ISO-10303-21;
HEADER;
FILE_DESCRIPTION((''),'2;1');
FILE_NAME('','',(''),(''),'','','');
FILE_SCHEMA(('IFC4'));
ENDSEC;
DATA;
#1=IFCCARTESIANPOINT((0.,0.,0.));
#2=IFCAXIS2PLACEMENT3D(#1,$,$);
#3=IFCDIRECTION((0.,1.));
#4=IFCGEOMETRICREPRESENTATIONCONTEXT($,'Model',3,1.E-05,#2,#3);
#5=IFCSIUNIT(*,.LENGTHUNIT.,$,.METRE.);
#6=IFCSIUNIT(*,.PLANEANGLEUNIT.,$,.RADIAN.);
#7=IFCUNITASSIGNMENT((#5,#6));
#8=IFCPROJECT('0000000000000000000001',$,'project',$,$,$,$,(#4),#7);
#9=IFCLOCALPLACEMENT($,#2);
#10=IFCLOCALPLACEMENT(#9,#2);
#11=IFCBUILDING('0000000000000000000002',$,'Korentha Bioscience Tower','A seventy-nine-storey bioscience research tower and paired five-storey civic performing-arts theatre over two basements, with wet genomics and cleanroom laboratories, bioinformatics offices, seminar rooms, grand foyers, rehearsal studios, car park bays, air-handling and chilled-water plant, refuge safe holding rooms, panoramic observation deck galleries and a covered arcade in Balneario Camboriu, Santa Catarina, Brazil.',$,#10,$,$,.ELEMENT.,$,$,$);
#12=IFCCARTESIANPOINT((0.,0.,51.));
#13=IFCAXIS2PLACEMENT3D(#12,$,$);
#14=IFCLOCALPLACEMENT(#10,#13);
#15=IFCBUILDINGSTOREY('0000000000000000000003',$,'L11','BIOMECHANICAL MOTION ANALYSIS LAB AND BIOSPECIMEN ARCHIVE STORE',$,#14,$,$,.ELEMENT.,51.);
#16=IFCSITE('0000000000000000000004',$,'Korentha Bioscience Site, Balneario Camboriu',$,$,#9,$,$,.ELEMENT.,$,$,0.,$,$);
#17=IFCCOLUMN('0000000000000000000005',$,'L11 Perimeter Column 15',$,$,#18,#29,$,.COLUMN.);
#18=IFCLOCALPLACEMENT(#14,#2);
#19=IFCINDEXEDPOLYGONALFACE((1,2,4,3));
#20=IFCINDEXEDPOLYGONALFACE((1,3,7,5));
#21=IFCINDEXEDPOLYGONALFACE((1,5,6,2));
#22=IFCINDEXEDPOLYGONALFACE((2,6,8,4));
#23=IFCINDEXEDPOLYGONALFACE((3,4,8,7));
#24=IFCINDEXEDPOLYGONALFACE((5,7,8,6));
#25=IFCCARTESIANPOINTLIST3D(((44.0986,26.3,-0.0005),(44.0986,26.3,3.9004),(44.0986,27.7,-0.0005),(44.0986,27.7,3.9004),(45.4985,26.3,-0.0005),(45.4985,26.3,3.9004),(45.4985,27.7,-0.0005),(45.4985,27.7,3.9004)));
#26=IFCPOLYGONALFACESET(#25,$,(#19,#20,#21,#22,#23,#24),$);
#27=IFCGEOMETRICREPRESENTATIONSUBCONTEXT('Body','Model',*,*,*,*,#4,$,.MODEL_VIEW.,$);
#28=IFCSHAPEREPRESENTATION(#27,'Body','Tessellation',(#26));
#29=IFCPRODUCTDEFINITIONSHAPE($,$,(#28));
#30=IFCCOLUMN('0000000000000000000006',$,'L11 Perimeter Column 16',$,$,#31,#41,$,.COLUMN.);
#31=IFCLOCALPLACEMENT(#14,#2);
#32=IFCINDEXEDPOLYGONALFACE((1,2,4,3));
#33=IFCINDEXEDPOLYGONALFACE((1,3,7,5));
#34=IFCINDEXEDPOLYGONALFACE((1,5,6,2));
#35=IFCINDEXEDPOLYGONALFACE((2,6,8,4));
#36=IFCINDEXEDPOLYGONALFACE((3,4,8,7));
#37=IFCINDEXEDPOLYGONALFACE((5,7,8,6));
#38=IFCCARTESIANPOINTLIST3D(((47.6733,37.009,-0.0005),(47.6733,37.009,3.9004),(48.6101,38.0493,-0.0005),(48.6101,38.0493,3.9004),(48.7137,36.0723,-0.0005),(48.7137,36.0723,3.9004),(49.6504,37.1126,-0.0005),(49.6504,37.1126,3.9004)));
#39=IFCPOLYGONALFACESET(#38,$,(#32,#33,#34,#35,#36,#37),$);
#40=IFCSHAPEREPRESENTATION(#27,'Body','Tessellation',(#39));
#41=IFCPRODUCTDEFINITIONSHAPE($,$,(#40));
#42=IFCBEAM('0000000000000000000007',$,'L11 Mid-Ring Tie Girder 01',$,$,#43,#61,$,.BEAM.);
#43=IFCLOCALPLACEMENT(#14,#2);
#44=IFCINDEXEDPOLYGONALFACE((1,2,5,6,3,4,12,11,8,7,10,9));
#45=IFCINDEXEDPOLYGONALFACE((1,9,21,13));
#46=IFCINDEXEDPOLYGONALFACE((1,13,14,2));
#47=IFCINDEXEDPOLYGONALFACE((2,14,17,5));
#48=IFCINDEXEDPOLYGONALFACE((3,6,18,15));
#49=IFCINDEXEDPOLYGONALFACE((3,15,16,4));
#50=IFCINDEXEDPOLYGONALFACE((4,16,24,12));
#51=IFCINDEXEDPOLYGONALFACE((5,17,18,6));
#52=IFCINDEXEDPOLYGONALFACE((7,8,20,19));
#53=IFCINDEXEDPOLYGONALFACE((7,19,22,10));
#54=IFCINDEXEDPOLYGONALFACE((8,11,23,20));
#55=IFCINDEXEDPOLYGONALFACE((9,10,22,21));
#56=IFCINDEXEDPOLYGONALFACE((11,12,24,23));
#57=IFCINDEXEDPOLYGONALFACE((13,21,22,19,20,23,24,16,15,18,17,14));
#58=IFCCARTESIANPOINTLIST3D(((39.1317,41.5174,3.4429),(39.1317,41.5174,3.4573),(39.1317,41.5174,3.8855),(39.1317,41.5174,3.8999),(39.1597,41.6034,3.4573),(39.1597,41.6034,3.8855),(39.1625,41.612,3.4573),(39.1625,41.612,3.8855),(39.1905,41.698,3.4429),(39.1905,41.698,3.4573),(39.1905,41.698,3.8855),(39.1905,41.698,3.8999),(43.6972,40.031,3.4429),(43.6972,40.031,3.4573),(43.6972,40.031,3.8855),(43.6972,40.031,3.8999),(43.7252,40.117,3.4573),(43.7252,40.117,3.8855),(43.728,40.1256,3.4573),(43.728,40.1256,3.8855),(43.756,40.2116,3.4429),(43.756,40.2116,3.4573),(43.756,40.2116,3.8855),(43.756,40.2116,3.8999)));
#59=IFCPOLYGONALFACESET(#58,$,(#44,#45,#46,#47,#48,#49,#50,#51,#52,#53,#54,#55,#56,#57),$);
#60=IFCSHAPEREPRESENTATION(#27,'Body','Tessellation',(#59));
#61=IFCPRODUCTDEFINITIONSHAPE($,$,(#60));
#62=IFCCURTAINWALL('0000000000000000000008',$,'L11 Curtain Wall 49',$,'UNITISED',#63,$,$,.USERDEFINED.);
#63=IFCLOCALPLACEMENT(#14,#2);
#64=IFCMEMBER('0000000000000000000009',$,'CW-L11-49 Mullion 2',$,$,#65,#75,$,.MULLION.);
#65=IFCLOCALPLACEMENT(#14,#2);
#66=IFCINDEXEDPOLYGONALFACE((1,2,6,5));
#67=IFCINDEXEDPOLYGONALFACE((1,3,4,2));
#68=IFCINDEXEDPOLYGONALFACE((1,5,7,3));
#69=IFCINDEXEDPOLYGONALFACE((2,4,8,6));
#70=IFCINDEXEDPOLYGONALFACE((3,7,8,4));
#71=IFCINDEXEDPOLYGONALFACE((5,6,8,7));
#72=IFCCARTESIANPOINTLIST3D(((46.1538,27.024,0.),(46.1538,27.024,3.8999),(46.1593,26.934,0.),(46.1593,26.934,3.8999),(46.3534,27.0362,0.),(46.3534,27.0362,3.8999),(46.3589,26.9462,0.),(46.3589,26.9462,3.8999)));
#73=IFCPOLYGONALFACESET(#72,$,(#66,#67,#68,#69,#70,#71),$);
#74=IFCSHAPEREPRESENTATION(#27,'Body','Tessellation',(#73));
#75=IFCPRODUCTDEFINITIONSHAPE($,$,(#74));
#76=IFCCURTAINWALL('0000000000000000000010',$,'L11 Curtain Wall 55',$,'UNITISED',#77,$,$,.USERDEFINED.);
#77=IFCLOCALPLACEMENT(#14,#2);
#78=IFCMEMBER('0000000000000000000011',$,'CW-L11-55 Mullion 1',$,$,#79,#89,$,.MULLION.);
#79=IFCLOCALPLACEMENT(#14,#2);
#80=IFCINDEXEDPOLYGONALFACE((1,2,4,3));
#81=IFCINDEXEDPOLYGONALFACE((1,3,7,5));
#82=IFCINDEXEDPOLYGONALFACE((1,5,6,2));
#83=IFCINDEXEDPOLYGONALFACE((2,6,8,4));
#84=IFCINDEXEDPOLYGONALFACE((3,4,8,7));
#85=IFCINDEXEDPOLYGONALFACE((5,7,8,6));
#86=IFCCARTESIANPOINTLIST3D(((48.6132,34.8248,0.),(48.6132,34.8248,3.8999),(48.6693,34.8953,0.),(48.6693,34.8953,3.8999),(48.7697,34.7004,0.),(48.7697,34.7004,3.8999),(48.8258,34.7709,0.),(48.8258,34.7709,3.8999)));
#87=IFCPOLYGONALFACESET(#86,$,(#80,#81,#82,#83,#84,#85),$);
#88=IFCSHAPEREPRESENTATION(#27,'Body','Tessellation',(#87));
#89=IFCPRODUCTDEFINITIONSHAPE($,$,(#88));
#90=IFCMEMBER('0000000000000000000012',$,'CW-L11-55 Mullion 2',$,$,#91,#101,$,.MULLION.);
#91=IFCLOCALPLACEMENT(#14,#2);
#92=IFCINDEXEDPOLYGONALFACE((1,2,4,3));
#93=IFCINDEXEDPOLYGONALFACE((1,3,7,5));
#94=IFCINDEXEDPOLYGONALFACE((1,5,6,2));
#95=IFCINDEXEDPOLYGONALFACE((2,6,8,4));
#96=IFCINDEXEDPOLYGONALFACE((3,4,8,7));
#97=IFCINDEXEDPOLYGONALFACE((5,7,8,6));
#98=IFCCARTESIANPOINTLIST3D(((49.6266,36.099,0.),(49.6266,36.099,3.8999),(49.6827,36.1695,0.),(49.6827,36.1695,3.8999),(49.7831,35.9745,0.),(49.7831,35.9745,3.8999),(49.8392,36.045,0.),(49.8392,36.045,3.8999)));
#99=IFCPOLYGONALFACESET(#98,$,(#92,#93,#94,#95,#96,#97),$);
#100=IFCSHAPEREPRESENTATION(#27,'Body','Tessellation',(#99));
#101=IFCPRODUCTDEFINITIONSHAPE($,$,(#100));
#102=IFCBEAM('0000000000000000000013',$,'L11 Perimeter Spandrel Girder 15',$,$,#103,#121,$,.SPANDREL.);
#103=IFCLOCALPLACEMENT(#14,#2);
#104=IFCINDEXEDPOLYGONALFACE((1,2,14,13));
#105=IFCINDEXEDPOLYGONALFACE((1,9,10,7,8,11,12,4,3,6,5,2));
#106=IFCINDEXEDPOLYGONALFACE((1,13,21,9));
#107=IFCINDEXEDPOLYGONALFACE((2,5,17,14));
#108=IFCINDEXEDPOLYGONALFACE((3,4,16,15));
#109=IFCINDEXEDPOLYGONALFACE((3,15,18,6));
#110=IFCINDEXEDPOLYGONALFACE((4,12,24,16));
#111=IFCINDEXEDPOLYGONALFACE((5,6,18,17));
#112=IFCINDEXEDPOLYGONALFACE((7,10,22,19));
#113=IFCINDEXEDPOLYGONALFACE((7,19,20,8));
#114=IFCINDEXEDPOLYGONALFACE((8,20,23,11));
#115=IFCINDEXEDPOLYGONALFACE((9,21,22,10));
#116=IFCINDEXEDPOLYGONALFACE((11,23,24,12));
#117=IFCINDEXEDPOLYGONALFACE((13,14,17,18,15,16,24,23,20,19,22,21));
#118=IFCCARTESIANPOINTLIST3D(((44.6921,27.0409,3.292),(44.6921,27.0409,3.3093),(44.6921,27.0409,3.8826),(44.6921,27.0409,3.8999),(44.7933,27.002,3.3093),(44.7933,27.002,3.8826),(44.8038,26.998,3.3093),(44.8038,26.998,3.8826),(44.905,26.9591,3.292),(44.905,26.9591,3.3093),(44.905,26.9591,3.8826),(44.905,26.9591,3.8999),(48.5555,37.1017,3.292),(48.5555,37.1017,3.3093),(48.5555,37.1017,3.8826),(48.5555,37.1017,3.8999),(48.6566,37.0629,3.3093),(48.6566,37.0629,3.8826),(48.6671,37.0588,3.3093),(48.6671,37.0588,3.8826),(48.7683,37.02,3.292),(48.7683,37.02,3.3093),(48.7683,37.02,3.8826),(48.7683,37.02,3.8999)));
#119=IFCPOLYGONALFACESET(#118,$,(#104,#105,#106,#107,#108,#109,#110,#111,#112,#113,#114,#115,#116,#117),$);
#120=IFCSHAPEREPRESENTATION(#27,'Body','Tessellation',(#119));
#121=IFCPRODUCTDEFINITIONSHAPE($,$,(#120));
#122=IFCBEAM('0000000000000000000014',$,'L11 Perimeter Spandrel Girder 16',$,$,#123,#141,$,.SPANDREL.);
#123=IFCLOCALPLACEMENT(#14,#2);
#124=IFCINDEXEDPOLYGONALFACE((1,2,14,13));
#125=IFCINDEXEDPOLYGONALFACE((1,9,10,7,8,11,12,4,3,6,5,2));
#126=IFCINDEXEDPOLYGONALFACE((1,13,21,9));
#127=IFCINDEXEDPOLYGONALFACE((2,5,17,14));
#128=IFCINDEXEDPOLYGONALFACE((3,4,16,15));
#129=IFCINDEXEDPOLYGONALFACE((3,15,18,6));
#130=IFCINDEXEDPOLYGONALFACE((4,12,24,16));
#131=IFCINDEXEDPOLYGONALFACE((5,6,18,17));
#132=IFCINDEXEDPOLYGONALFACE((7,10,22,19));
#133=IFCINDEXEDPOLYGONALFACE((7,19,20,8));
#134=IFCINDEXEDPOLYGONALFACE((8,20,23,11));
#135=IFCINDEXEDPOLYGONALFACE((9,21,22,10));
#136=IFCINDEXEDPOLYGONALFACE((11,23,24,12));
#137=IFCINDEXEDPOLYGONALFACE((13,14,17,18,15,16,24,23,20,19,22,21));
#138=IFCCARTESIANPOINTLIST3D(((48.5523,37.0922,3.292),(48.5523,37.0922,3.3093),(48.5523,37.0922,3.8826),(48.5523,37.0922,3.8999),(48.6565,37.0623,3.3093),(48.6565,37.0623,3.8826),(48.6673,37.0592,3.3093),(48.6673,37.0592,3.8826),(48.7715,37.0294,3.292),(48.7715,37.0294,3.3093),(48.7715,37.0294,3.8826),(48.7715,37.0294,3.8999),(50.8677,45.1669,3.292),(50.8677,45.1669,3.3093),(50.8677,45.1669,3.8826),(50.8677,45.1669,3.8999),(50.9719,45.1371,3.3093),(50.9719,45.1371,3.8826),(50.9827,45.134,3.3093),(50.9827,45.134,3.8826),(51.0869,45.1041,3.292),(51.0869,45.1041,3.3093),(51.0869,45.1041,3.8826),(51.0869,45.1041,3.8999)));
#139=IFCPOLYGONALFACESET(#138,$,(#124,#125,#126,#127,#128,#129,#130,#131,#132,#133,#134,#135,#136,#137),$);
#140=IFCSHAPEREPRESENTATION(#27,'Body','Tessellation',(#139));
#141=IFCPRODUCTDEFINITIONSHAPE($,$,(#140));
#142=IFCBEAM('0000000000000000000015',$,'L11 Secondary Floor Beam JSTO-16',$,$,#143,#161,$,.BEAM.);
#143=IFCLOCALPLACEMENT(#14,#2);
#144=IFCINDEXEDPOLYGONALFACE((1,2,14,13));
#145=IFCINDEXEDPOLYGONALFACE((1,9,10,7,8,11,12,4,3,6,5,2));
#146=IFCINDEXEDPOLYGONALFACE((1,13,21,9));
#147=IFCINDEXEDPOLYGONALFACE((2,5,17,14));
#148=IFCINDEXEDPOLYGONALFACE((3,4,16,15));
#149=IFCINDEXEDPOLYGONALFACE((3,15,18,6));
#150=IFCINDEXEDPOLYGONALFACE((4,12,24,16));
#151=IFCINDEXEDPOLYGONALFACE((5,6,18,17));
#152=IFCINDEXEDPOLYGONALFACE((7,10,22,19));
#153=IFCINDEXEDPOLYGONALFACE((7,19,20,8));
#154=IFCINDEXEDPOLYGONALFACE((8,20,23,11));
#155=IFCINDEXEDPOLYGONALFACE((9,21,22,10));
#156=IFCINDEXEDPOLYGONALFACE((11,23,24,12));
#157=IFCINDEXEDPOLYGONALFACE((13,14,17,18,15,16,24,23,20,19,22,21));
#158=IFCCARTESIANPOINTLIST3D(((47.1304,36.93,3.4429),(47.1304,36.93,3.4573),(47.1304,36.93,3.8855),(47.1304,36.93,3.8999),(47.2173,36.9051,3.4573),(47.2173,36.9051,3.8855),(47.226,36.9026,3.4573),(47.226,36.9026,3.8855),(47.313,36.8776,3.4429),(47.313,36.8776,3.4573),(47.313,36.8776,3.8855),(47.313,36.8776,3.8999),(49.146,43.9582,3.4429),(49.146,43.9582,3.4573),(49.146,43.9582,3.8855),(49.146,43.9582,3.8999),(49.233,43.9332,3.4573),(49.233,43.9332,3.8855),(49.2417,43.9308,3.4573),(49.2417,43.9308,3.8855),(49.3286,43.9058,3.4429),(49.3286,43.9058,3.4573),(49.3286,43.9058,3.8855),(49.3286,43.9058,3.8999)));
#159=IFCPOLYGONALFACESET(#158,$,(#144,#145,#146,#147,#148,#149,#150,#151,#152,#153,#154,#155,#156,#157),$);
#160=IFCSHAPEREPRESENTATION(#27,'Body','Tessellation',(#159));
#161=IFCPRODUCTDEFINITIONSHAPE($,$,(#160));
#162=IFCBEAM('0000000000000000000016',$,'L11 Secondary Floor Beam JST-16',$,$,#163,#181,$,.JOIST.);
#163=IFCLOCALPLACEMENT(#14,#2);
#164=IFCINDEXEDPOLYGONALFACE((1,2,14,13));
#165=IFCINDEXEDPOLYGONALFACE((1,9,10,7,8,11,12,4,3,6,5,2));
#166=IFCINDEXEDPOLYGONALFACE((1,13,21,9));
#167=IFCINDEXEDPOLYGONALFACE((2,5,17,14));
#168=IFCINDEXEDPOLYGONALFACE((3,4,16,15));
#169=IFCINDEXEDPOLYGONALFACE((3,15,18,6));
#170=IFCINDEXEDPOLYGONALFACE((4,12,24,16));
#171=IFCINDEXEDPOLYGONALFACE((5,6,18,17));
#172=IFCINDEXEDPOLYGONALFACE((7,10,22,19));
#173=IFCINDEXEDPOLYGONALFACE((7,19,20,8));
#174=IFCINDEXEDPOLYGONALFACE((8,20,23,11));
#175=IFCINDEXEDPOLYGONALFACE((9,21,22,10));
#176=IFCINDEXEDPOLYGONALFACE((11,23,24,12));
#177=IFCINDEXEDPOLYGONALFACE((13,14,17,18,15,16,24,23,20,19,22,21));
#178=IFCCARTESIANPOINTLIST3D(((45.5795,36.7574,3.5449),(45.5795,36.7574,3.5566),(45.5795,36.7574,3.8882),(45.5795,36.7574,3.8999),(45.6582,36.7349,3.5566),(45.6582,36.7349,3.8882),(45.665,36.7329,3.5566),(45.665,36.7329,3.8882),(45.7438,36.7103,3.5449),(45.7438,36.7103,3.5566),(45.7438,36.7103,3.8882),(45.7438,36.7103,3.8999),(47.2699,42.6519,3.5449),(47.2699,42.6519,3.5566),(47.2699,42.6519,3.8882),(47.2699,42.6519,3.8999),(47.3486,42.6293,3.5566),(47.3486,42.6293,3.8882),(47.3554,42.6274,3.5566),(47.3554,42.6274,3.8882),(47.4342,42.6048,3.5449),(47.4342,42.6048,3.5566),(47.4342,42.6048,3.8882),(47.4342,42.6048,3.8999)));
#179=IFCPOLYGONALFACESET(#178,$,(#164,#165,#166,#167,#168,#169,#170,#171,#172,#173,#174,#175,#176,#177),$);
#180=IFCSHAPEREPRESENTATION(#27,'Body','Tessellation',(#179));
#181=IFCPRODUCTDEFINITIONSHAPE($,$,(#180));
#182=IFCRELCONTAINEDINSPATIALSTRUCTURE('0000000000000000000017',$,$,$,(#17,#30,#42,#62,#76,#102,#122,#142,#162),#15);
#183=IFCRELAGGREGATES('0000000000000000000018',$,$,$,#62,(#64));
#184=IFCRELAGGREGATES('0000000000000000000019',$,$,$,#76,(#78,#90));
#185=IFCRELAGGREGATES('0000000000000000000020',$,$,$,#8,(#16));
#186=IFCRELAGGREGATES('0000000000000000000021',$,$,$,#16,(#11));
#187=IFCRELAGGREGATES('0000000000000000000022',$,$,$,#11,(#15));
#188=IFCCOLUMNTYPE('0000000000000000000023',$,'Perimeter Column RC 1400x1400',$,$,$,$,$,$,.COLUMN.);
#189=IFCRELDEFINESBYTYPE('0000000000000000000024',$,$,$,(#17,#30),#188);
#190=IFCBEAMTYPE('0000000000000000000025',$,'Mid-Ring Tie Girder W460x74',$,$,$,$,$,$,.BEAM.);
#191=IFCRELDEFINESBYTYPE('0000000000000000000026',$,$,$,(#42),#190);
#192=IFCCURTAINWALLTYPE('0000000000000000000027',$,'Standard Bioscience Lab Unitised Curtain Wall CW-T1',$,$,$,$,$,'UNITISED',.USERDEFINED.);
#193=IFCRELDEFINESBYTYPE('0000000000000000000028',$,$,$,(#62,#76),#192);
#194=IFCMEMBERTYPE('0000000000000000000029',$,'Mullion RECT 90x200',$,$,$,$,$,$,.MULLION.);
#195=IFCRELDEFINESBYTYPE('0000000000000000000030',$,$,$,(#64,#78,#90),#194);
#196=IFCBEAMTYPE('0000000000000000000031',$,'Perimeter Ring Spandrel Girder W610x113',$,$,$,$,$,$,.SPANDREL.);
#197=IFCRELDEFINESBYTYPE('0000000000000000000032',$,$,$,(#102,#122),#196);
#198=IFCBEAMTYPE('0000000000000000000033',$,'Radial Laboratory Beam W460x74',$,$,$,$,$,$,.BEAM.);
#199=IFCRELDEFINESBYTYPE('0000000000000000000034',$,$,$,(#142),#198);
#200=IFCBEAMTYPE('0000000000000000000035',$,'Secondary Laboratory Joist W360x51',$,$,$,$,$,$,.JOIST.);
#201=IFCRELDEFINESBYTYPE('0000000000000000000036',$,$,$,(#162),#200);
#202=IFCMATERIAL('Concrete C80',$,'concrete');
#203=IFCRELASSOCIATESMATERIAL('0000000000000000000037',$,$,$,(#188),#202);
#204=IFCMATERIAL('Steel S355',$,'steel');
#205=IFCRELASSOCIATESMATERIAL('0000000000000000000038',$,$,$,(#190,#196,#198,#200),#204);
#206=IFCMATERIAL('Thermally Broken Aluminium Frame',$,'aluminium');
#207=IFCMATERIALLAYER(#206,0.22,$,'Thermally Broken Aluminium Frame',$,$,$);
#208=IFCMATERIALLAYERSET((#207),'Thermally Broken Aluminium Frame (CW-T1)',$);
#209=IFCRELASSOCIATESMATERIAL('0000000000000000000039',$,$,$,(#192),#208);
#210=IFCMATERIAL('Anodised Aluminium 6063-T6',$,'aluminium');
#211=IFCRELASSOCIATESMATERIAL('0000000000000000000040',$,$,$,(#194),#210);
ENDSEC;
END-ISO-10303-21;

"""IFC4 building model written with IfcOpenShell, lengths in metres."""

from ifc_helpers import new_model, si_unit, direction, frame, origin, origin_2d, place, context, subcontext, project, spatial, rectangle, i_section, extrude, material, layer, layer_set, material_profile, profile_set, type_object, element, aggregate, save


model = new_model("IFC4")

# Units and contexts
model_context = context("Model", 3, precision=1e-05, world=origin(), true_north=direction((0.0, 1.0)))
body_context = subcontext(model_context, "Body", "Model", "MODEL_VIEW")
ifc_project = project(units=[si_unit("LENGTHUNIT", "METRE"), si_unit("PLANEANGLEUNIT", "RADIAN")], contexts=[model_context])

# Site, building, storey
site_placement = place(None, origin())
site = spatial("IfcSite", under=ifc_project, at=site_placement, Name="Korentha Bioscience Site, Balneario Camboriu", CompositionType="ELEMENT", RefElevation=0.0)
building_placement = place(site_placement, origin())
building = spatial("IfcBuilding", under=site, at=building_placement, Name="Korentha Bioscience Tower", Description="A seventy-nine-storey bioscience research tower and paired five-storey civic performing-arts theatre over two basements, with wet genomics and cleanroom laboratories, bioinformatics offices, seminar rooms, grand foyers, rehearsal studios, car park bays, air-handling and chilled-water plant, refuge safe holding rooms, panoramic observation deck galleries and a covered arcade in Balneario Camboriu, Santa Catarina, Brazil.", CompositionType="ELEMENT")
storey_placement = place(building_placement, frame((0.0, 0.0, 51.0)))
storey = spatial("IfcBuildingStorey", under=building, at=storey_placement, Name="L11", Description="BIOMECHANICAL MOTION ANALYSIS LAB AND BIOSPECIMEN ARCHIVE STORE", CompositionType="ELEMENT", Elevation=51.0)

# Columns
ifc_material_1 = material(Name="Concrete C80", Category="concrete")
ifc_material_profile_1 = material_profile(ifc_material_1, rectangle(XDim=1.3999, YDim=1.3999, at=origin_2d()), Name="Concrete C80")
ifc_profile_set_1 = profile_set([ifc_material_profile_1], Name="Concrete C80 (COL-P14)")
column_type = type_object("IfcColumnType", Name="Perimeter Column RC 1400x1400", PredefinedType="COLUMN", material=ifc_profile_set_1)
for number, where, z_axis, x_axis, name in (
    (1, (44.7986, 27.0, -0.0005), (0.0, 0.0, 1.0), (0.0, 1.0, 0.0), "L11 Perimeter Column 15"),
    (2, (48.6619, 37.0608, -0.0005), (0.0, 0.0, 1.0), (0.669131, 0.743145, 0.0), "L11 Perimeter Column 16"),
):
    element("IfcColumn", number, at=place(storey_placement, frame(where, z_axis=z_axis, x_axis=x_axis)), inside=storey, type_object=column_type, Name=name, PredefinedType="COLUMN", context=body_context, shape_type="SweptSolid", body=[
        extrude(rectangle(XDim=1.3999, YDim=1.3999, at=origin_2d()), origin(), (0.0, 0.0, 1.0), 3.9009),
    ])

# Beam
ifc_material_2 = material(Name="Steel S355", Category="steel")
ifc_material_profile_2 = material_profile(ifc_material_2, i_section(OverallWidth=0.1899, OverallDepth=0.457, WebThickness=0.009, FlangeThickness=0.0144, at=origin_2d()), Name="Steel S355")
ifc_profile_set_2 = profile_set([ifc_material_profile_2], Name="Steel S355 (MB-460)")
beam_type_1 = type_object("IfcBeamType", Name="Mid-Ring Tie Girder W460x74", PredefinedType="BEAM", material=ifc_profile_set_2)
beam_1_placement = place(storey_placement, frame((43.7266, 40.1213, 3.6714), z_axis=(-0.950877, 0.309569, 0.0), x_axis=(-0.309569, -0.950877, 0.0)))
element("IfcBeam", 3, at=beam_1_placement, inside=storey, type_object=beam_type_1, Name="L11 Mid-Ring Tie Girder 01", PredefinedType="BEAM", context=body_context, shape_type="SweptSolid", body=[
    extrude(i_section(OverallWidth=0.1899, OverallDepth=0.457, WebThickness=0.009, FlangeThickness=0.0144, at=origin_2d()), origin(), (0.0, 0.0, 1.0), 4.8013),
])

# Curtain wall, member
ifc_material_3 = material(Name="Thermally Broken Aluminium Frame", Category="aluminium")
ifc_layer_1 = layer(ifc_material_3, 0.22, Name="Thermally Broken Aluminium Frame")
ifc_layer_set_1 = layer_set([ifc_layer_1], Name="Thermally Broken Aluminium Frame (CW-T1)")
curtain_wall_type = type_object("IfcCurtainWallType", Name="Standard Bioscience Lab Unitised Curtain Wall CW-T1", ElementType="UNITISED", PredefinedType="USERDEFINED", material=ifc_layer_set_1)
curtain_wall_1_placement = place(storey_placement, origin())
curtain_wall_1 = element("IfcCurtainWall", 4, at=curtain_wall_1_placement, inside=storey, type_object=curtain_wall_type, Name="L11 Curtain Wall 49", ObjectType="UNITISED", PredefinedType="USERDEFINED")
ifc_material_4 = material(Name="Anodised Aluminium 6063-T6", Category="aluminium")
ifc_material_profile_3 = material_profile(ifc_material_4, rectangle(XDim=0.0901, YDim=0.2, at=origin_2d()), Name="Anodised Aluminium 6063-T6")
ifc_profile_set_3 = profile_set([ifc_material_profile_3], Name="Anodised Aluminium 6063-T6 (CW-MUL)")
member_type_1 = type_object("IfcMemberType", Name="Mullion RECT 90x200", PredefinedType="MULLION", material=ifc_profile_set_3)
member_1_placement = place(storey_placement, frame((46.2563, 26.9851, 0.0), z_axis=(0.0, 0.0, 1.0), x_axis=(-0.061008, 0.998137, 0.0)))
member_1 = element("IfcMember", 5, at=member_1_placement, type_object=member_type_1, Name="CW-L11-49 Mullion 2", PredefinedType="MULLION", context=body_context, shape_type="SweptSolid", body=[
    extrude(rectangle(XDim=0.0901, YDim=0.2, at=origin_2d()), origin(), (0.0, 0.0, 1.0), 3.8999),
])
aggregate(curtain_wall_1, [member_1])

# Curtain wall, members
curtain_wall_2_placement = place(storey_placement, origin())
curtain_wall_2 = element("IfcCurtainWall", 6, at=curtain_wall_2_placement, inside=storey, type_object=curtain_wall_type, Name="L11 Curtain Wall 55", ObjectType="UNITISED", PredefinedType="USERDEFINED")
member_2_placement = place(storey_placement, frame((48.7195, 34.7979, 0.0), z_axis=(0.0, 0.0, 1.0), x_axis=(0.62252, 0.782604, 0.0)))
member_2 = element("IfcMember", 7, at=member_2_placement, type_object=member_type_1, Name="CW-L11-55 Mullion 1", PredefinedType="MULLION", context=body_context, shape_type="SweptSolid", body=[
    extrude(rectangle(XDim=0.0901, YDim=0.2, at=origin_2d()), origin(), (0.0, 0.0, 1.0), 3.8999),
])
member_3_placement = place(storey_placement, frame((49.7329, 36.072, 0.0), z_axis=(0.0, 0.0, 1.0), x_axis=(0.62252, 0.782604, 0.0)))
member_3 = element("IfcMember", 8, at=member_3_placement, type_object=member_type_1, Name="CW-L11-55 Mullion 2", PredefinedType="MULLION", context=body_context, shape_type="SweptSolid", body=[
    extrude(rectangle(XDim=0.0901, YDim=0.2, at=origin_2d()), origin(), (0.0, 0.0, 1.0), 3.8999),
])

# Beams
ifc_material_profile_4 = material_profile(ifc_material_2, i_section(OverallWidth=0.228, OverallDepth=0.6079, WebThickness=0.0112, FlangeThickness=0.0173, at=origin_2d()), Name="Steel S355")
ifc_profile_set_4 = profile_set([ifc_material_profile_4], Name="Steel S355 (SB-610)")
beam_type_2 = type_object("IfcBeamType", Name="Perimeter Ring Spandrel Girder W610x113", PredefinedType="SPANDREL", material=ifc_profile_set_4)
beam_2_placement = place(storey_placement, frame((44.7986, 27.0, 3.5959), z_axis=(0.358474, 0.93354, 0.0), x_axis=(-0.93354, 0.358474, 0.0)))
element("IfcBeam", 9, at=beam_2_placement, inside=storey, type_object=beam_type_2, Name="L11 Perimeter Spandrel Girder 15", PredefinedType="SPANDREL", context=body_context, shape_type="SweptSolid", body=[
    extrude(i_section(OverallWidth=0.228, OverallDepth=0.6079, WebThickness=0.0112, FlangeThickness=0.0173, at=origin_2d()), origin(), (0.0, 0.0, 1.0), 10.7771),
])
beam_3_placement = place(storey_placement, frame((48.6619, 37.0608, 3.5959), z_axis=(0.275642, 0.96126, 0.0), x_axis=(-0.96126, 0.275642, 0.0)))
element("IfcBeam", 10, at=beam_3_placement, inside=storey, type_object=beam_type_2, Name="L11 Perimeter Spandrel Girder 16", PredefinedType="SPANDREL", context=body_context, shape_type="SweptSolid", body=[
    extrude(i_section(OverallWidth=0.228, OverallDepth=0.6079, WebThickness=0.0112, FlangeThickness=0.0173, at=origin_2d()), origin(), (0.0, 0.0, 1.0), 8.4001),
])
ifc_material_profile_5 = material_profile(ifc_material_2, i_section(OverallWidth=0.1899, OverallDepth=0.457, WebThickness=0.009, FlangeThickness=0.0144, at=origin_2d()), Name="Steel S355")
ifc_profile_set_5 = profile_set([ifc_material_profile_5], Name="Steel S355 (RB-460)")
beam_type_3 = type_object("IfcBeamType", Name="Radial Laboratory Beam W460x74", PredefinedType="BEAM", material=ifc_profile_set_5)
beam_4_placement = place(storey_placement, frame((47.2217, 36.9038, 3.6714), z_axis=(0.275682, 0.961249, 0.0), x_axis=(-0.961249, 0.275682, 0.0)))
element("IfcBeam", 11, at=beam_4_placement, inside=storey, type_object=beam_type_3, Name="L11 Secondary Floor Beam JSTO-16", PredefinedType="BEAM", context=body_context, shape_type="SweptSolid", body=[
    extrude(i_section(OverallWidth=0.1899, OverallDepth=0.457, WebThickness=0.009, FlangeThickness=0.0144, at=origin_2d()), origin(), (0.0, 0.0, 1.0), 7.3115),
])
ifc_material_profile_6 = material_profile(ifc_material_2, i_section(OverallWidth=0.1709, OverallDepth=0.355, WebThickness=0.0071, FlangeThickness=0.0117, at=origin_2d()), Name="Steel S355")
ifc_profile_set_6 = profile_set([ifc_material_profile_6], Name="Steel S355 (JB-360)")
beam_type_4 = type_object("IfcBeamType", Name="Secondary Laboratory Joist W360x51", PredefinedType="JOIST", material=ifc_profile_set_6)
beam_5_placement = place(storey_placement, frame((45.6616, 36.7339, 3.7224), z_axis=(0.275668, 0.961253, 0.0), x_axis=(-0.961253, 0.275668, 0.0)))
element("IfcBeam", 12, at=beam_5_placement, inside=storey, type_object=beam_type_4, Name="L11 Secondary Floor Beam JST-16", PredefinedType="JOIST", context=body_context, shape_type="SweptSolid", body=[
    extrude(i_section(OverallWidth=0.1709, OverallDepth=0.355, WebThickness=0.0071, FlangeThickness=0.0117, at=origin_2d()), origin(), (0.0, 0.0, 1.0), 6.1321),
])

aggregate(curtain_wall_2, [member_2, member_3])

save(model, "model.ifc")
